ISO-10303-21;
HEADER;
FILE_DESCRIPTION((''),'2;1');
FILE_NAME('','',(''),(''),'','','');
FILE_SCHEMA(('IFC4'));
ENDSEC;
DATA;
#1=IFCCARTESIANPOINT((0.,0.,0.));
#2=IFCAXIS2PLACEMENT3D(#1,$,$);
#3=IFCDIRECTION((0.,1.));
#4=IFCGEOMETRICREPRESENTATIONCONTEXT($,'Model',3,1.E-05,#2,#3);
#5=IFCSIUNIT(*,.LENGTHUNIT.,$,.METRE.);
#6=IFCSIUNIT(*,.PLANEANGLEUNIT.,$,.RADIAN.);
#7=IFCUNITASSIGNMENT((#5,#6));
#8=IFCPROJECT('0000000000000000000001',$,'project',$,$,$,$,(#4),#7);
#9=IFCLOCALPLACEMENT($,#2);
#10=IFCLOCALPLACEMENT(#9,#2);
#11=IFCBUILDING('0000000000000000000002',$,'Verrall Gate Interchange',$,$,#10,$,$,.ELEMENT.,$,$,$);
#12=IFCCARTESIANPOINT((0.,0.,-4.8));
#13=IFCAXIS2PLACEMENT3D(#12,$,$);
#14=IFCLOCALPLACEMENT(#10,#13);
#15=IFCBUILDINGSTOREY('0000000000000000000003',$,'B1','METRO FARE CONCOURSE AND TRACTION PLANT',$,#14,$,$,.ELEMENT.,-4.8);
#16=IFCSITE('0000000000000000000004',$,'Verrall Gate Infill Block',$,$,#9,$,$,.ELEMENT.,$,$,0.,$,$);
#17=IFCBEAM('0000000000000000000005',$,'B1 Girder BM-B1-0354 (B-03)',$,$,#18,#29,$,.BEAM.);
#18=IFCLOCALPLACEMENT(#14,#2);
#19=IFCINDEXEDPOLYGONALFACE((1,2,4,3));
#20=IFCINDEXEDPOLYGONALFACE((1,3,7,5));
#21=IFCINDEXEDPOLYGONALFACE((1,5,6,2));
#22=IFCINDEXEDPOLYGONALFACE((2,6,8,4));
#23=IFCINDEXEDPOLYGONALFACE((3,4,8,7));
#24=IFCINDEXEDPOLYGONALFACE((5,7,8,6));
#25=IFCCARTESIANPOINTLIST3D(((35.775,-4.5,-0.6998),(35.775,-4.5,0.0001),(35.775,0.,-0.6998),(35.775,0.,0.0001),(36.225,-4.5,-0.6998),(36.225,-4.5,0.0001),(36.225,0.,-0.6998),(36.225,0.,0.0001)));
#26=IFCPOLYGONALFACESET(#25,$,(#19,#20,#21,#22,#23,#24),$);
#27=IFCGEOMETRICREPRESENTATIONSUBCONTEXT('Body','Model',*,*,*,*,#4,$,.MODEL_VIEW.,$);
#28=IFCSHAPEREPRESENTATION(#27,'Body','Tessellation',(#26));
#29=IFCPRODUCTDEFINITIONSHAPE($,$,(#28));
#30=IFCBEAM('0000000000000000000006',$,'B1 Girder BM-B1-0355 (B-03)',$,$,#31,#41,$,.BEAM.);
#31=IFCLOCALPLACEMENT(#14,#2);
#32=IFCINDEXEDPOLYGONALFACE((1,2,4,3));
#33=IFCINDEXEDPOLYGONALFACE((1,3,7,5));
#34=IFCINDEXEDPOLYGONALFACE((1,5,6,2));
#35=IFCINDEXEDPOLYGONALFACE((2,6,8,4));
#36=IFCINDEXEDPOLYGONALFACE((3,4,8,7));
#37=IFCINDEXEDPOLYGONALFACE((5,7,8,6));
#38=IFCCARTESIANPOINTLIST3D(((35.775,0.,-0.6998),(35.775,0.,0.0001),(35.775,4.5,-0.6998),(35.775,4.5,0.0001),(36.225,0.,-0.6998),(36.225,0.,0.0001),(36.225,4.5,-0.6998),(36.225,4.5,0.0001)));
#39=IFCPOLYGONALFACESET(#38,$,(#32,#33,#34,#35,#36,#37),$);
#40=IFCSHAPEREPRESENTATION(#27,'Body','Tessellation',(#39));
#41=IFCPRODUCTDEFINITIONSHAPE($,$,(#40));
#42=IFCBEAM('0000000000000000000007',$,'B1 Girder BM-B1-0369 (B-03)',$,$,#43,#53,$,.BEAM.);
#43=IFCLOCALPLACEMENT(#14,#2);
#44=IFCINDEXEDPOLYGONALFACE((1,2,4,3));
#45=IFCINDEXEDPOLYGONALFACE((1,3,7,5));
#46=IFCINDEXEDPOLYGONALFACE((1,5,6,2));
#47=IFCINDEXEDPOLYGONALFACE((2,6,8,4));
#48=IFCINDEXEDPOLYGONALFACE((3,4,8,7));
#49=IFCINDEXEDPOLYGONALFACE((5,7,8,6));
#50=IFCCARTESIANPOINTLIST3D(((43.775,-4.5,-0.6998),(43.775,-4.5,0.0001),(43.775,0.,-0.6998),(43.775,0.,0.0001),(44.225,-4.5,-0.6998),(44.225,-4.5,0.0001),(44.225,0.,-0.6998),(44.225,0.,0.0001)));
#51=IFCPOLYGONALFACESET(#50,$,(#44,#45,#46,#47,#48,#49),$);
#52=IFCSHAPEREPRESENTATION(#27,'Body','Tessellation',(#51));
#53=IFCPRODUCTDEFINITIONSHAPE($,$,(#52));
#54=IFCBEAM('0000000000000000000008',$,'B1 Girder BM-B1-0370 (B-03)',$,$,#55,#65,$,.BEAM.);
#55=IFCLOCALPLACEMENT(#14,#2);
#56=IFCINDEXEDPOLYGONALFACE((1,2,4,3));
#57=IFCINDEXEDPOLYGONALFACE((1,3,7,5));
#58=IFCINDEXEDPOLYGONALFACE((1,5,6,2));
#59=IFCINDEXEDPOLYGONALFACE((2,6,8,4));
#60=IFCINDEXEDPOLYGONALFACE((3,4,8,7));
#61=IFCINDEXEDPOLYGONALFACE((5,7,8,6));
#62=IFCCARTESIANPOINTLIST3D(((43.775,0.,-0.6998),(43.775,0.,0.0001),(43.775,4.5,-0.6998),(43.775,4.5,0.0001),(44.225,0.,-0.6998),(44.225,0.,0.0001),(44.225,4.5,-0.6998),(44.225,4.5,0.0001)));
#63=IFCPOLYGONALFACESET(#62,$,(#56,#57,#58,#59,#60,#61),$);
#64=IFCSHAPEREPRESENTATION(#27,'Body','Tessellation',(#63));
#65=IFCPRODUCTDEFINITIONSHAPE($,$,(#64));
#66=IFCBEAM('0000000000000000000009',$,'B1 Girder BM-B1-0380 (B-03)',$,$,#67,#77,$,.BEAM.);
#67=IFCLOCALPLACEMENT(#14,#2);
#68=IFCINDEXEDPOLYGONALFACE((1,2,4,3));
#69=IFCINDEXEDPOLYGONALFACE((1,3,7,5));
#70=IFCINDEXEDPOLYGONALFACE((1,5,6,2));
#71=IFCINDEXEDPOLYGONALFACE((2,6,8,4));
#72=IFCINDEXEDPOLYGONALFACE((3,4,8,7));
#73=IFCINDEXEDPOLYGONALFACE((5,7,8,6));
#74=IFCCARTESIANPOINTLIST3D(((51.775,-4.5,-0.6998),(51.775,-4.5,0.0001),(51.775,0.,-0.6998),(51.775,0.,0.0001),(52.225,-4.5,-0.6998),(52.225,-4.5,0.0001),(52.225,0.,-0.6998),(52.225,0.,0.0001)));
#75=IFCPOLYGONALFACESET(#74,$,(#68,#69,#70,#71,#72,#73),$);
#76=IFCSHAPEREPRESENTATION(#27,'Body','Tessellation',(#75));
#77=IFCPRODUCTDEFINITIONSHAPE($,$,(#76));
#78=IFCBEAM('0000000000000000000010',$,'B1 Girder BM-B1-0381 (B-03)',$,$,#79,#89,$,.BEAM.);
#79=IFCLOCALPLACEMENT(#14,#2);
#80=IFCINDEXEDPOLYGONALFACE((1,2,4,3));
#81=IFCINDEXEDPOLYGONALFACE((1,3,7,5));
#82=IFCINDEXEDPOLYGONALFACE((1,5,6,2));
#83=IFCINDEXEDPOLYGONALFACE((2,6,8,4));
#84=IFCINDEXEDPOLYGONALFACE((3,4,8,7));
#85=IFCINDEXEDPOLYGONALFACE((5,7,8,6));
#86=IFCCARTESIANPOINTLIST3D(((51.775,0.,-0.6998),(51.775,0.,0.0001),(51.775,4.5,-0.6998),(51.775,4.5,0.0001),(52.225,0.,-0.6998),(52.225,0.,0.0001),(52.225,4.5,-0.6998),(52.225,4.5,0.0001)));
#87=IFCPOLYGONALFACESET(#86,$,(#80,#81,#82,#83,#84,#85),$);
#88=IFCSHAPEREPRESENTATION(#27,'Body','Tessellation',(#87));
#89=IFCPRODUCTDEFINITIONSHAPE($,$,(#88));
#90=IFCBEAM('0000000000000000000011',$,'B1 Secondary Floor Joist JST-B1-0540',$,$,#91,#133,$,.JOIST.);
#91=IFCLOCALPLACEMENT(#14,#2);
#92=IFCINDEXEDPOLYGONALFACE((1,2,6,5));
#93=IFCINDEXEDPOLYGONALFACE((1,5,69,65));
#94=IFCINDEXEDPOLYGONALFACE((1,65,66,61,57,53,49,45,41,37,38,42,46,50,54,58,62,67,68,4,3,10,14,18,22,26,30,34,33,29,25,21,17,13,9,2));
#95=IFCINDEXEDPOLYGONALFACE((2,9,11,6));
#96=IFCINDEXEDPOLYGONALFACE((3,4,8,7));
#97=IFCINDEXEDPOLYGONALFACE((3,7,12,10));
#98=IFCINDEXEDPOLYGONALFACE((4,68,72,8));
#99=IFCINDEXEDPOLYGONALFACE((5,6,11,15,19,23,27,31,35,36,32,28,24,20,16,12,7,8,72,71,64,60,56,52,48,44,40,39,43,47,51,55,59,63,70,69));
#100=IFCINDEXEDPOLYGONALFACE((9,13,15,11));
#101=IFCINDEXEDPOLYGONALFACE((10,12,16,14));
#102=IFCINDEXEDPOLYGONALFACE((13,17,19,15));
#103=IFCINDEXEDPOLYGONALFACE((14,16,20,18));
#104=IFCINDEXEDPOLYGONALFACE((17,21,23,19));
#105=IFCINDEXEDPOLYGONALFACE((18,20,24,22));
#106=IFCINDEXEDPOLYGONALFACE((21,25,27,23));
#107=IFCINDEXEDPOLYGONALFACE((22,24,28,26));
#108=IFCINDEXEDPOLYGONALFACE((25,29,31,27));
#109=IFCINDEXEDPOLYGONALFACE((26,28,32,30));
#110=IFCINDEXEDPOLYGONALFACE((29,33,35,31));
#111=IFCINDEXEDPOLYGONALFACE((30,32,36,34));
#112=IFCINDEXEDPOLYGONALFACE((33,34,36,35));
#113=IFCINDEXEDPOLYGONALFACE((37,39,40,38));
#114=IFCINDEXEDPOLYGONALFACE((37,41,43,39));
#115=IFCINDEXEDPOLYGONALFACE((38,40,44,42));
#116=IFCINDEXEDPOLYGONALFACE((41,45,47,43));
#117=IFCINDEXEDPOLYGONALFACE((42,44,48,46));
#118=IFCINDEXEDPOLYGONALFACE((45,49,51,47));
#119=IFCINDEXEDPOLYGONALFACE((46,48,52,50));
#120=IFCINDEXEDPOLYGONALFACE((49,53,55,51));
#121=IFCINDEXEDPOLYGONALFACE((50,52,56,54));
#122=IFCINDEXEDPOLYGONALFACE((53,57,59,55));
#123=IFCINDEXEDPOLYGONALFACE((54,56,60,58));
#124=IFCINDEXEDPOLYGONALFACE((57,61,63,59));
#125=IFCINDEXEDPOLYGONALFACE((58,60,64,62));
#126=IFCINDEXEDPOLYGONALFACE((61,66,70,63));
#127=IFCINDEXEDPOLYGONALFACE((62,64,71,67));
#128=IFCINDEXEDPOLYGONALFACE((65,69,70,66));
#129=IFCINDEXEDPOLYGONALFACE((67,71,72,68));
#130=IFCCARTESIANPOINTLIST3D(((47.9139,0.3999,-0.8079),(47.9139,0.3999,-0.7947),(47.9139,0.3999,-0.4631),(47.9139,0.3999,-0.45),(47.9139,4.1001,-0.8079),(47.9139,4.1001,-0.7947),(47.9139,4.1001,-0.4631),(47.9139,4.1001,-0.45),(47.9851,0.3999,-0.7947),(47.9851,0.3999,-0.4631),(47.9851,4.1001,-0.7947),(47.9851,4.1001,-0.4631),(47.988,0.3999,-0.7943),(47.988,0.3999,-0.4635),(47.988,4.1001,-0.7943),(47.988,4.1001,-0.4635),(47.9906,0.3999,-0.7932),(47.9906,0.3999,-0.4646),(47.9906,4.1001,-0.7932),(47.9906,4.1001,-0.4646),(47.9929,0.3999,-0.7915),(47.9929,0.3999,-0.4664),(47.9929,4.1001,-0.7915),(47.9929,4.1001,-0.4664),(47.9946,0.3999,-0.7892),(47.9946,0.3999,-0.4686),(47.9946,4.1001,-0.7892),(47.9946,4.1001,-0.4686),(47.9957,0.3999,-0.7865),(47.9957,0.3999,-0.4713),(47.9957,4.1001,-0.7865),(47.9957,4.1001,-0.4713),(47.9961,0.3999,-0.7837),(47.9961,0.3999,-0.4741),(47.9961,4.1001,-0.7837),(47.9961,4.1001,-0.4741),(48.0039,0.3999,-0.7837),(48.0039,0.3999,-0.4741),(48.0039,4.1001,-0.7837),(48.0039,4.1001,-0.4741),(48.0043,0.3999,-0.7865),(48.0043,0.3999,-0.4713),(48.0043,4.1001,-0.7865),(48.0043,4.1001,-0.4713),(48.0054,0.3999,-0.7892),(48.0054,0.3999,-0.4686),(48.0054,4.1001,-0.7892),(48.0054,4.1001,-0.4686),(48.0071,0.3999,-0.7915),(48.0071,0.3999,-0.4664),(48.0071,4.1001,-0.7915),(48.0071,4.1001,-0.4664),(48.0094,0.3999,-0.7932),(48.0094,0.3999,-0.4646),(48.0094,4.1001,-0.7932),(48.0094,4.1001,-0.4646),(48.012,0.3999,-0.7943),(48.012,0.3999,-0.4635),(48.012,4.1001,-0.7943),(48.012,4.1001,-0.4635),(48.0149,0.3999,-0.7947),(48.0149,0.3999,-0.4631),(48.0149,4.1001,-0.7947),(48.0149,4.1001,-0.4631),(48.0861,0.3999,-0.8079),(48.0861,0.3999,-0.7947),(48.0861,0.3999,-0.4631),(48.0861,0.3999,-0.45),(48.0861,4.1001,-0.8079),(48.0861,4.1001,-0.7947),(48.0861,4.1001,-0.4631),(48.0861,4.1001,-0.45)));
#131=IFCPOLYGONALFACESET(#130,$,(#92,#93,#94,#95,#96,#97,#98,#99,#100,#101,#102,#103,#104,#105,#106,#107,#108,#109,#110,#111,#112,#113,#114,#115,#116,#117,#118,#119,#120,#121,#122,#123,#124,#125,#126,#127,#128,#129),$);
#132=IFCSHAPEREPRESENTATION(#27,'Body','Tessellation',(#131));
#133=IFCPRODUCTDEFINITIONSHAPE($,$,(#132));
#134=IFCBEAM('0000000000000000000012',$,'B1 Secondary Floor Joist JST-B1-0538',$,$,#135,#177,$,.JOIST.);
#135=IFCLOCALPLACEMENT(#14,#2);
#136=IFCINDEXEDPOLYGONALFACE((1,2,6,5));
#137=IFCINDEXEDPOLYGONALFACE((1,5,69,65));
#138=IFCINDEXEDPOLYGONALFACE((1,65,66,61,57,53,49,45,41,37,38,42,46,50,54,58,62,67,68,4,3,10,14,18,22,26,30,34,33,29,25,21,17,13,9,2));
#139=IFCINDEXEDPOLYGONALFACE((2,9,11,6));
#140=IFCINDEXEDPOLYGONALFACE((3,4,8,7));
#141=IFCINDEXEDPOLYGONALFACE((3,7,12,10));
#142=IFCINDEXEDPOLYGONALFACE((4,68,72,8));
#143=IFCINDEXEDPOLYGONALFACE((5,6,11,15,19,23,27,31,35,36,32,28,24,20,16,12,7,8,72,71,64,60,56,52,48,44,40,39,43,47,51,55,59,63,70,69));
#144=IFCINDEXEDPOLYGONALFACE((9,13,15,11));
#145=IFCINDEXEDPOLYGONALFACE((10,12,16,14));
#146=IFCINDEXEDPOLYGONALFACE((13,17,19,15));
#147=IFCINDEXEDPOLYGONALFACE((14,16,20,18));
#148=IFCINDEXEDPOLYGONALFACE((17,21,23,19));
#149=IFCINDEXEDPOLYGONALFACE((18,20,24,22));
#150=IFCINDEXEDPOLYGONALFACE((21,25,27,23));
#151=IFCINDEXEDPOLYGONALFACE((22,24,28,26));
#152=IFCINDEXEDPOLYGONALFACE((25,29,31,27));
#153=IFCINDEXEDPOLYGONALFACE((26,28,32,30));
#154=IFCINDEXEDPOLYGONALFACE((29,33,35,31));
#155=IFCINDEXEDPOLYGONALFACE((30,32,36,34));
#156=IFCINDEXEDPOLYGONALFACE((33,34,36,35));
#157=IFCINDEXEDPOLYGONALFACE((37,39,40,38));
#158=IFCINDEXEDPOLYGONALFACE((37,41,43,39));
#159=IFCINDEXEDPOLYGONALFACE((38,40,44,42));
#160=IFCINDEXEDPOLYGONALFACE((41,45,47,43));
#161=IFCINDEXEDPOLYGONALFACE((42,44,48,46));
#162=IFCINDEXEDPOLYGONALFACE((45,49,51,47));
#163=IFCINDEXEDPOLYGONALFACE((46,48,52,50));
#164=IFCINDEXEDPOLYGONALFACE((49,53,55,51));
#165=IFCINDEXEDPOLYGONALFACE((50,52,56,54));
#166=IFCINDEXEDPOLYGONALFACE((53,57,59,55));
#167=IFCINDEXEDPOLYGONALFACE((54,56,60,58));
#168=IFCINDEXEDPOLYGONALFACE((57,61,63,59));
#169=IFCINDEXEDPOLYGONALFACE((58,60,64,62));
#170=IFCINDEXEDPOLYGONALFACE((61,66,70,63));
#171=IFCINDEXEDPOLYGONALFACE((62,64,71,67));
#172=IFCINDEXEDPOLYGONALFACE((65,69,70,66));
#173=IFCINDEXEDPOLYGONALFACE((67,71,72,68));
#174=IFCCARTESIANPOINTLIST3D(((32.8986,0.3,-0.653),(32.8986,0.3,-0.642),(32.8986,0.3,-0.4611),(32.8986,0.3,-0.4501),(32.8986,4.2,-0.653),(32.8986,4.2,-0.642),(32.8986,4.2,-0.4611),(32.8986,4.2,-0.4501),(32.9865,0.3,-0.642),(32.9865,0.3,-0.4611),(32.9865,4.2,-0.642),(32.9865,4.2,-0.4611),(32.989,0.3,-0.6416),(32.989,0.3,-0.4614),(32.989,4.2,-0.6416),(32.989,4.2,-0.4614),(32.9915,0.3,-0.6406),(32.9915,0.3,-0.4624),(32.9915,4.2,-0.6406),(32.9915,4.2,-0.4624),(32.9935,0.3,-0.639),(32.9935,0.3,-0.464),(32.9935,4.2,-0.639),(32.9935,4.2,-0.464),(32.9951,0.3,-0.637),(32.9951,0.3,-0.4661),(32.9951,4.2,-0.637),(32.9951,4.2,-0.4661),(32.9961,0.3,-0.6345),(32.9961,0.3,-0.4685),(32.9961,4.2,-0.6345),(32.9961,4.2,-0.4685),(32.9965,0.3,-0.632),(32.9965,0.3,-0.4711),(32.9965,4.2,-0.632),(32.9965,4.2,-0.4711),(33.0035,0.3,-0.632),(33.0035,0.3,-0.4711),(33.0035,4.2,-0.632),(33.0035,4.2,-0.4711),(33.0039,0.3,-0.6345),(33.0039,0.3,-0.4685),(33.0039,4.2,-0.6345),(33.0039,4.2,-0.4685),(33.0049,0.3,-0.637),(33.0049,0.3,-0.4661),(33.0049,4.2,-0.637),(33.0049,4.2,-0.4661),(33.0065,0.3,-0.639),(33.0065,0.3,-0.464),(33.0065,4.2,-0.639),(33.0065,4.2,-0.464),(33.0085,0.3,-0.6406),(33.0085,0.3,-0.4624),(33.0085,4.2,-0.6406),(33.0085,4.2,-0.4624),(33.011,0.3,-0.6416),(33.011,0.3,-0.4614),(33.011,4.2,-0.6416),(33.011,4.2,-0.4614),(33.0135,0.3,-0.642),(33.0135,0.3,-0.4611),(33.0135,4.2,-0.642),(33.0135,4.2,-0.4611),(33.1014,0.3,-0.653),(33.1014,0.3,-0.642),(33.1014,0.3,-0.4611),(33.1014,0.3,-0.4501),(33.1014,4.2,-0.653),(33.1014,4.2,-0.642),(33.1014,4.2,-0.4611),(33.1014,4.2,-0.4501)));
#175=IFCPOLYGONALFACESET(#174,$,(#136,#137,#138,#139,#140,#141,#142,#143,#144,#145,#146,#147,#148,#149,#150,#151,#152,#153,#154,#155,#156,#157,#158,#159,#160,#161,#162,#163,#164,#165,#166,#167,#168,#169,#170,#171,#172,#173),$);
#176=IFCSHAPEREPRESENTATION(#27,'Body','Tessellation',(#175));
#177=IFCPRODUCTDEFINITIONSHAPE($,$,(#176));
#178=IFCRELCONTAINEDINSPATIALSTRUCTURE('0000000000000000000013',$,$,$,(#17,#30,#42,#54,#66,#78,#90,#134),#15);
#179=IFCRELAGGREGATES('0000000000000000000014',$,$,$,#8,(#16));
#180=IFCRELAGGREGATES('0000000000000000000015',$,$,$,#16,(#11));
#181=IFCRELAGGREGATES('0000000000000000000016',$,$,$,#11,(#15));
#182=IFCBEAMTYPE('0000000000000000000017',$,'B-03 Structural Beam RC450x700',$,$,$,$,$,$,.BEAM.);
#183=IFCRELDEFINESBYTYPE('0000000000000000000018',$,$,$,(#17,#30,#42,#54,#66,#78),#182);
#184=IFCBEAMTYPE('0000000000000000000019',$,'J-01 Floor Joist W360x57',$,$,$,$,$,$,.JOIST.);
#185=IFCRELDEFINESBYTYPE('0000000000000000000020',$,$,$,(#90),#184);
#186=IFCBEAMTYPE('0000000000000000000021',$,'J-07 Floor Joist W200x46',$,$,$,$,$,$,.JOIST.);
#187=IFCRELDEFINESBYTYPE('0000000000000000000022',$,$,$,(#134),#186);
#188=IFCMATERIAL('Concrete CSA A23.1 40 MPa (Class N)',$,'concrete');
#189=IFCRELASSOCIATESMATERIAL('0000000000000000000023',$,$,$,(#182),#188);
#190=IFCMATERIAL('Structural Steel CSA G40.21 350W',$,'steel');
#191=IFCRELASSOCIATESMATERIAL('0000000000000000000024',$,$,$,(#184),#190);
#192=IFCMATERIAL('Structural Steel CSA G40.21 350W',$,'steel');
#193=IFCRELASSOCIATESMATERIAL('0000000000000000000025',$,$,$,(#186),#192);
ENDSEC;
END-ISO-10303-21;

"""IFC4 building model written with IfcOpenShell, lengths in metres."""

from ifc_helpers import new_model, si_unit, direction, frame, origin, origin_2d, place, context, subcontext, project, spatial, rectangle, i_section, extrude, material, material_profile, profile_set, type_object, element, save


model = new_model("IFC4")

# Units and contexts
model_context = context("Model", 3, precision=1e-05, world=origin(), true_north=direction((0.0, 1.0)))
body_context = subcontext(model_context, "Body", "Model", "MODEL_VIEW")
ifc_project = project(units=[si_unit("LENGTHUNIT", "METRE"), si_unit("PLANEANGLEUNIT", "RADIAN")], contexts=[model_context])

# Site, building, storey
site_placement = place(None, origin())
site = spatial("IfcSite", under=ifc_project, at=site_placement, Name="Verrall Gate Infill Block", CompositionType="ELEMENT", RefElevation=0.0)
building_placement = place(site_placement, origin())
building = spatial("IfcBuilding", under=site, at=building_placement, Name="Verrall Gate Interchange", CompositionType="ELEMENT")
storey_placement = place(building_placement, frame((0.0, 0.0, -4.8)))
storey = spatial("IfcBuildingStorey", under=building, at=storey_placement, Name="B1", Description="METRO FARE CONCOURSE AND TRACTION PLANT", CompositionType="ELEMENT", Elevation=-4.8)

# Beams
ifc_material_1 = material(Name="Concrete CSA A23.1 40 MPa (Class N)", Category="concrete")
ifc_material_profile_1 = material_profile(ifc_material_1, rectangle(XDim=0.45, YDim=0.7, at=origin_2d()), Name="RC450x700")
ifc_profile_set_1 = profile_set([ifc_material_profile_1], Name="Concrete CSA A23.1 40 MPa (Class N)")
beam_type_1 = type_object("IfcBeamType", Name="B-03 Structural Beam RC450x700", PredefinedType="BEAM", material=ifc_profile_set_1)
for number, where, z_axis, x_axis, name in (
    (1, (36.0, -4.5, -0.3499), (0.0, 1.0, 0.0), (-1.0, 0.0, 0.0), "B1 Girder BM-B1-0354 (B-03)"),
    (2, (36.0, 0.0, -0.3499), (0.0, 1.0, 0.0), (-1.0, 0.0, 0.0), "B1 Girder BM-B1-0355 (B-03)"),
    (3, (44.0, -4.5, -0.3499), (0.0, 1.0, 0.0), (-1.0, 0.0, 0.0), "B1 Girder BM-B1-0369 (B-03)"),
    (4, (44.0, 0.0, -0.3499), (0.0, 1.0, 0.0), (-1.0, 0.0, 0.0), "B1 Girder BM-B1-0370 (B-03)"),
    (5, (52.0, -4.5, -0.3499), (0.0, 1.0, 0.0), (-1.0, 0.0, 0.0), "B1 Girder BM-B1-0380 (B-03)"),
    (6, (52.0, 0.0, -0.3499), (0.0, 1.0, 0.0), (-1.0, 0.0, 0.0), "B1 Girder BM-B1-0381 (B-03)"),
):
    element("IfcBeam", number, at=place(storey_placement, frame(where, z_axis=z_axis, x_axis=x_axis)), inside=storey, type_object=beam_type_1, Name=name, PredefinedType="BEAM", context=body_context, shape_type="SweptSolid", body=[
        extrude(rectangle(XDim=0.45, YDim=0.7, at=origin_2d()), origin(), (0.0, 0.0, 1.0), 4.5),
    ])
ifc_material_2 = material(Name="Structural Steel CSA G40.21 350W", Category="steel")
ifc_material_profile_2 = material_profile(ifc_material_2, i_section(OverallWidth=0.1721, OverallDepth=0.3579, WebThickness=0.0078, FlangeThickness=0.0132, FilletRadius=0.011, at=origin_2d()), Name="W360x57")
ifc_profile_set_2 = profile_set([ifc_material_profile_2], Name="Structural Steel CSA G40.21 350W")
beam_type_2 = type_object("IfcBeamType", Name="J-01 Floor Joist W360x57", PredefinedType="JOIST", material=ifc_profile_set_2)
beam_1_placement = place(storey_placement, frame((48.0, 0.3999, -0.6289), z_axis=(0.0, 1.0, 0.0), x_axis=(-1.0, 0.0, 0.0)))
element("IfcBeam", 7, at=beam_1_placement, inside=storey, type_object=beam_type_2, Name="B1 Secondary Floor Joist JST-B1-0540", PredefinedType="JOIST", context=body_context, shape_type="SweptSolid", body=[
    extrude(i_section(OverallWidth=0.1721, OverallDepth=0.3579, WebThickness=0.0078, FlangeThickness=0.0132, FilletRadius=0.011, at=origin_2d()), origin(), (0.0, 0.0, 1.0), 3.7002),
])
ifc_material_3 = material(Name="Structural Steel CSA G40.21 350W", Category="steel")
ifc_material_profile_3 = material_profile(ifc_material_3, i_section(OverallWidth=0.2029, OverallDepth=0.2029, WebThickness=0.0071, FlangeThickness=0.011, FilletRadius=0.01, at=origin_2d()), Name="W200x46")
ifc_profile_set_3 = profile_set([ifc_material_profile_3], Name="Structural Steel CSA G40.21 350W")
beam_type_3 = type_object("IfcBeamType", Name="J-07 Floor Joist W200x46", PredefinedType="JOIST", material=ifc_profile_set_3)
beam_2_placement = place(storey_placement, frame((33.0, 0.3, -0.5515), z_axis=(0.0, 1.0, 0.0), x_axis=(-1.0, 0.0, 0.0)))
element("IfcBeam", 8, at=beam_2_placement, inside=storey, type_object=beam_type_3, Name="B1 Secondary Floor Joist JST-B1-0538", PredefinedType="JOIST", context=body_context, shape_type="SweptSolid", body=[
    extrude(i_section(OverallWidth=0.2029, OverallDepth=0.2029, WebThickness=0.0071, FlangeThickness=0.011, FilletRadius=0.01, at=origin_2d()), origin(), (0.0, 0.0, 1.0), 3.8999),
])

save(model, "model.ifc")
